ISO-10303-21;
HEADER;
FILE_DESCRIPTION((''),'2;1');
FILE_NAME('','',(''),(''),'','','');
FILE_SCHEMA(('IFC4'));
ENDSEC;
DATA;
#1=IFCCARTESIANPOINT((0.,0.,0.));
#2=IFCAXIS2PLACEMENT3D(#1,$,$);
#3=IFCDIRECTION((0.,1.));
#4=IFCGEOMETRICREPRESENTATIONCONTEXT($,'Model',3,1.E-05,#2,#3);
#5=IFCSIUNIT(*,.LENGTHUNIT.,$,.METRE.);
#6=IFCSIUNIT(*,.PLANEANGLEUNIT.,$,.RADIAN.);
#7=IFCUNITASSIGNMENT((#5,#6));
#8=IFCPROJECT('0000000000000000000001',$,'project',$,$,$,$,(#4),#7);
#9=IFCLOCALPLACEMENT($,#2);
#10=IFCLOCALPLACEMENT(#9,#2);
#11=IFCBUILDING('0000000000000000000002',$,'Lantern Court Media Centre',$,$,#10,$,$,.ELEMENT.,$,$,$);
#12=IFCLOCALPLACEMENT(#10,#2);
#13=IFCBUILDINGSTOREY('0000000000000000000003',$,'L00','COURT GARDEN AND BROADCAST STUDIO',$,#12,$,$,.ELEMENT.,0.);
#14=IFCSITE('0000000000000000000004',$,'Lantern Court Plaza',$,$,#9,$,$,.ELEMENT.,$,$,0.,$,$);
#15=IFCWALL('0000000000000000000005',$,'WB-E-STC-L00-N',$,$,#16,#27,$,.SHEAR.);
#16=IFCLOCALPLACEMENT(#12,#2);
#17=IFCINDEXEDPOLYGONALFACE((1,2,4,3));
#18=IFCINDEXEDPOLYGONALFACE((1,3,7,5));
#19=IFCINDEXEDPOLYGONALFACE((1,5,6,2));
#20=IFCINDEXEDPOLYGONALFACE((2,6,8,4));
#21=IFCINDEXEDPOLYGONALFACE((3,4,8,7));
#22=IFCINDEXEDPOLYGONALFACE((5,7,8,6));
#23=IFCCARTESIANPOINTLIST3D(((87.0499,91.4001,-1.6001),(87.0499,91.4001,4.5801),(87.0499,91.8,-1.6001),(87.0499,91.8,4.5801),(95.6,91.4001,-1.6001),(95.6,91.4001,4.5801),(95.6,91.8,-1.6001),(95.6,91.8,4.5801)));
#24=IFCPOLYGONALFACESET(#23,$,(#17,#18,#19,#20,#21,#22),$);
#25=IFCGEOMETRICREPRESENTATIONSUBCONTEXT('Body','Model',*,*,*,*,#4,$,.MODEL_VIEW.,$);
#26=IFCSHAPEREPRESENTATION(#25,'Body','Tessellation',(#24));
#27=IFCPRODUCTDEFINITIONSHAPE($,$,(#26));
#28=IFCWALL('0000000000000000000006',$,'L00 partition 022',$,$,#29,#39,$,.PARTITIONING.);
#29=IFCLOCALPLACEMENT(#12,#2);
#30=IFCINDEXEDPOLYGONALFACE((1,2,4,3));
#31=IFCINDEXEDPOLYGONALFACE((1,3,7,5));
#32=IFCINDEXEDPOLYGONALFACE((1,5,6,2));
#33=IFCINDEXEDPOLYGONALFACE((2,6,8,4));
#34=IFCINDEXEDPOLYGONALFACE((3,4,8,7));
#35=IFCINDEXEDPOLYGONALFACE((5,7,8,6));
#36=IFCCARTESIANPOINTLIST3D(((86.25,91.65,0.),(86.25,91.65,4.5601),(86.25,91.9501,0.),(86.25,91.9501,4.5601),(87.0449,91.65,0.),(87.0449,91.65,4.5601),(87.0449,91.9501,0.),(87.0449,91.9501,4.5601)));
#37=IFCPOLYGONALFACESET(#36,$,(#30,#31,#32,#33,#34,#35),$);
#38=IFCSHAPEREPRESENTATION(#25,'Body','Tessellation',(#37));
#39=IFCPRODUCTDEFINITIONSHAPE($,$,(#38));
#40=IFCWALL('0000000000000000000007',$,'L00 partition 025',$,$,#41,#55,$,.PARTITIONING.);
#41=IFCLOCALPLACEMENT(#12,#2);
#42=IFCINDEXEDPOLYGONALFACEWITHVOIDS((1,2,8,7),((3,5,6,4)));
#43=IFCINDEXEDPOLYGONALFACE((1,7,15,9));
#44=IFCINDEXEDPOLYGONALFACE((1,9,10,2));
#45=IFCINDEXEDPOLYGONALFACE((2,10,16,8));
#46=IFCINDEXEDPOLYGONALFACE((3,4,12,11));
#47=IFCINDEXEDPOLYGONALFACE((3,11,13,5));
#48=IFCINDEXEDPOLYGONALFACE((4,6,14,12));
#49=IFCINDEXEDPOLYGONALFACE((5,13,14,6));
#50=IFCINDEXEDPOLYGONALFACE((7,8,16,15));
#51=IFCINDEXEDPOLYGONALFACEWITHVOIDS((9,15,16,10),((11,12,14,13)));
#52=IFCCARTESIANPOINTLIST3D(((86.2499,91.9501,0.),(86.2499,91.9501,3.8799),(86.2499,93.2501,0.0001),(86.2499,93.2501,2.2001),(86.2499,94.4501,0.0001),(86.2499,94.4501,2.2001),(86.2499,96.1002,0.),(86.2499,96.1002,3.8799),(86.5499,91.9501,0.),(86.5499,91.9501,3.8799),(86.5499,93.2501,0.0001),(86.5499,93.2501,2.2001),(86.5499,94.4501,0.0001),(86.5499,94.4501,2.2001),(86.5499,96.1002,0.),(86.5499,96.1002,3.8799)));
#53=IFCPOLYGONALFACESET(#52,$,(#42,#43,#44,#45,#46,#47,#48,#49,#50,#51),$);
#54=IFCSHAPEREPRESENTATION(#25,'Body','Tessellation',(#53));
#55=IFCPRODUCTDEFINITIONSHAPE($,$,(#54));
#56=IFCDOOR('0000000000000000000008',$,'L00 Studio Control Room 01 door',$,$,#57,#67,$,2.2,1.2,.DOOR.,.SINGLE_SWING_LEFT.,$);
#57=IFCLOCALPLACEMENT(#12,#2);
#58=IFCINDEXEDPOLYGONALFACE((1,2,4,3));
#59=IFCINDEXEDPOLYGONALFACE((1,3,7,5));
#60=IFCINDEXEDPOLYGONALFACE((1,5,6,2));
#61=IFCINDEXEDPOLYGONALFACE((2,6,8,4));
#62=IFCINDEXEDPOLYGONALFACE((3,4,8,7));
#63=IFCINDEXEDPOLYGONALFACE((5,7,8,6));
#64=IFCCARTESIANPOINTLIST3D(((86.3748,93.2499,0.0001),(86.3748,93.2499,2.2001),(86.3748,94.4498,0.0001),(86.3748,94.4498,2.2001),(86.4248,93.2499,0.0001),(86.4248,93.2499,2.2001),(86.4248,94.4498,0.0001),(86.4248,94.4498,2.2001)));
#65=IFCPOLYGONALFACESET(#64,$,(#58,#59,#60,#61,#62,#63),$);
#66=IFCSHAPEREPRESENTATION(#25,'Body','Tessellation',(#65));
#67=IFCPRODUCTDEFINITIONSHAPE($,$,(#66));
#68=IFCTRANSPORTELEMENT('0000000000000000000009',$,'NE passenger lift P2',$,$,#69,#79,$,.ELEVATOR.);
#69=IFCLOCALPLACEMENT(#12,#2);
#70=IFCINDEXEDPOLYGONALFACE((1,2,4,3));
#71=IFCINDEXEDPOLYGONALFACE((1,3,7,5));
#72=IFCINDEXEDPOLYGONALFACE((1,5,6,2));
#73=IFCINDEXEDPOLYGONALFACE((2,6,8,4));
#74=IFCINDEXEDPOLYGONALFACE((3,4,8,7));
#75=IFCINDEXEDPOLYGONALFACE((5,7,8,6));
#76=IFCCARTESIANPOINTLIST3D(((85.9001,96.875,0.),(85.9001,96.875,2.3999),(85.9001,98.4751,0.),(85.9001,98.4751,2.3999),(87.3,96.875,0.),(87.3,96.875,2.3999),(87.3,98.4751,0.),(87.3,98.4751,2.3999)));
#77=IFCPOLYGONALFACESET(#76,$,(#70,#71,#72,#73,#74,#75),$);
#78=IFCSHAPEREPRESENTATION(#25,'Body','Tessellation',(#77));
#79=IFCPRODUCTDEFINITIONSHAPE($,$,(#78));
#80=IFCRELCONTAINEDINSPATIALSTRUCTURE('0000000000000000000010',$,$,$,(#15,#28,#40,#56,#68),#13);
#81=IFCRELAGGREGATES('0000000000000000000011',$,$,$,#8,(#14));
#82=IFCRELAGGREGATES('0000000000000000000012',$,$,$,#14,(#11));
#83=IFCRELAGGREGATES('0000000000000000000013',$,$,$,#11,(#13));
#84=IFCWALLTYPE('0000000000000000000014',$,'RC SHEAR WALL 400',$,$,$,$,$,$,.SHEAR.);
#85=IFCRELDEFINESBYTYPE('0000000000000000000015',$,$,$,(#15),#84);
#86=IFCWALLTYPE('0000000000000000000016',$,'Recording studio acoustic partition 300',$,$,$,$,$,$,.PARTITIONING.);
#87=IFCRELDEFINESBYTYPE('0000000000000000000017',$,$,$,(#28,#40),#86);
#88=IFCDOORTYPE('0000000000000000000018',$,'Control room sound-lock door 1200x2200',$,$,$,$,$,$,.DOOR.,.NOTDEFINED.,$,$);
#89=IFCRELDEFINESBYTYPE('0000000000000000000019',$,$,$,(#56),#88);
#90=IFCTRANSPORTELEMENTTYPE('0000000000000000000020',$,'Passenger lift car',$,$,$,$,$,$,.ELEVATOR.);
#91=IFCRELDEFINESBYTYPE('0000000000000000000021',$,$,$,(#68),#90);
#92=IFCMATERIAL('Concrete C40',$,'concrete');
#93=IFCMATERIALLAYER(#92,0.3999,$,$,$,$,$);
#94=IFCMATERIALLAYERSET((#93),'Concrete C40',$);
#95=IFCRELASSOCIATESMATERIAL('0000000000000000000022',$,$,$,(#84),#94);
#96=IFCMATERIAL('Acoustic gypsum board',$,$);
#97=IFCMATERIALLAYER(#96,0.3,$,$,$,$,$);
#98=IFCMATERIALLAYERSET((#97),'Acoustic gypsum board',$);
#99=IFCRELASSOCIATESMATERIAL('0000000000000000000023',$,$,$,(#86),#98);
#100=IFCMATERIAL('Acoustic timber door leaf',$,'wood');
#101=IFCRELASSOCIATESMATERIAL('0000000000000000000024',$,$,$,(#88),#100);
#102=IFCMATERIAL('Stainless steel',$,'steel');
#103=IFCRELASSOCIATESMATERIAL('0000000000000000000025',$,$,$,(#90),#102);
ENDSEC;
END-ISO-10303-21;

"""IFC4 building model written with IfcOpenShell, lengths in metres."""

from ifc_helpers import new_model, si_unit, direction, frame, frame_2d, origin, origin_2d, place, context, subcontext, project, spatial, rectangle, extrude, material, layer, layer_set, type_object, element, fill, save


model = new_model("IFC4")

# Units and contexts
model_context = context("Model", 3, precision=1e-05, world=origin(), true_north=direction((0.0, 1.0)))
body_context = subcontext(model_context, "Body", "Model", "MODEL_VIEW")
ifc_project = project(units=[si_unit("LENGTHUNIT", "METRE"), si_unit("PLANEANGLEUNIT", "RADIAN")], contexts=[model_context])

# Site, building, storey
site_placement = place(None, origin())
site = spatial("IfcSite", under=ifc_project, at=site_placement, Name="Lantern Court Plaza", CompositionType="ELEMENT", RefElevation=0.0)
building_placement = place(site_placement, origin())
building = spatial("IfcBuilding", under=site, at=building_placement, Name="Lantern Court Media Centre", CompositionType="ELEMENT")
storey_placement = place(building_placement, origin())
storey = spatial("IfcBuildingStorey", under=building, at=storey_placement, Name="L00", Description="COURT GARDEN AND BROADCAST STUDIO", CompositionType="ELEMENT", Elevation=0.0)

# Shared definitions
ifc_material_1 = material(Name="Concrete C40", Category="concrete")

# Walls
ifc_layer_1 = layer(ifc_material_1, 0.3999)
ifc_layer_set_1 = layer_set([ifc_layer_1], Name="Concrete C40")
wall_type_1 = type_object("IfcWallType", Name="RC SHEAR WALL 400", PredefinedType="SHEAR", material=ifc_layer_set_1)
wall_1_placement = place(storey_placement, frame((87.05, 91.6001, -1.6001), z_axis=(0.0, 0.0, 1.0), x_axis=(1.0, 0.0, 0.0)))
element("IfcWall", 1, at=wall_1_placement, inside=storey, type_object=wall_type_1, Name="WB-E-STC-L00-N", PredefinedType="SHEAR", context=body_context, shape_type="SweptSolid", body=[
    extrude(rectangle(XDim=8.55, YDim=0.3999, at=frame_2d((4.2749, 0.0))), origin(), (0.0, 0.0, 1.0), 6.1802),
])
ifc_material_2 = material(Name="Acoustic gypsum board")
ifc_layer_2 = layer(ifc_material_2, 0.3)
ifc_layer_set_2 = layer_set([ifc_layer_2], Name="Acoustic gypsum board")
wall_type_2 = type_object("IfcWallType", Name="Recording studio acoustic partition 300", PredefinedType="PARTITIONING", material=ifc_layer_set_2)
wall_2_placement = place(storey_placement, frame((86.25, 91.8, 0.0), z_axis=(0.0, 0.0, 1.0), x_axis=(1.0, 0.0, 0.0)))
element("IfcWall", 2, at=wall_2_placement, inside=storey, type_object=wall_type_2, Name="L00 partition 022", PredefinedType="PARTITIONING", context=body_context, shape_type="SweptSolid", body=[
    extrude(rectangle(XDim=0.7949, YDim=0.3, at=frame_2d((0.3975, 0.0))), origin(), (0.0, 0.0, 1.0), 4.5601),
])

# Wall, opening, door
wall_3_placement = place(storey_placement, frame((86.3999, 91.95, 0.0), z_axis=(0.0, 0.0, 1.0), x_axis=(0.0, 1.0, 0.0)))
wall_3 = element("IfcWall", 3, at=wall_3_placement, inside=storey, type_object=wall_type_2, Name="L00 partition 025", PredefinedType="PARTITIONING", context=body_context, shape_type="SweptSolid", body=[
    extrude(rectangle(XDim=4.1501, YDim=0.3, at=frame_2d((2.0752, 0.0))), origin(), (0.0, 0.0, 1.0), 3.8799),
])
opening_1_placement = place(wall_3_placement, frame((1.3, 0.0, 0.0)))
opening_1 = element("IfcOpeningElement", 4, at=opening_1_placement, cuts=wall_3, PredefinedType="OPENING", context=body_context, shape_type="SweptSolid", body=[
    extrude(rectangle(XDim=1.2, YDim=2.2, at=frame_2d((0.6001, 1.1001))), frame((0.0, 0.1599, 0.0), z_axis=(0.0, -1.0, 0.0), x_axis=(1.0, 0.0, 0.0)), (0.0, 0.0, 1.0), 0.3201),
])
ifc_material_3 = material(Name="Acoustic timber door leaf", Category="wood")
door_type_1 = type_object("IfcDoorType", Name="Control room sound-lock door 1200x2200", OperationType="NOTDEFINED", PredefinedType="DOOR", material=ifc_material_3)
door_1_placement = place(opening_1_placement, frame((1.2, 0.0, 0.0), z_axis=(0.0, 0.0, 1.0), x_axis=(-1.0, 0.0, 0.0)))
door_1 = element("IfcDoor", 5, at=door_1_placement, inside=storey, type_object=door_type_1, Name="L00 Studio Control Room 01 door", OperationType="SINGLE_SWING_LEFT", OverallHeight=2.2, OverallWidth=1.2, PredefinedType="DOOR", context=body_context, shape_type="SweptSolid", body=[
    extrude(rectangle(XDim=1.2, YDim=2.2, at=frame_2d((0.6001, 1.1001))), frame((0.0, 0.0249, 0.0), z_axis=(0.0, -1.0, 0.0), x_axis=(1.0, 0.0, 0.0)), (0.0, 0.0, 1.0), 0.05),
])
fill(opening_1, door_1)

# Transport element
ifc_material_4 = material(Name="Stainless steel", Category="steel")
transport_element_type = type_object("IfcTransportElementType", Name="Passenger lift car", PredefinedType="ELEVATOR", material=ifc_material_4)
transport_element_placement = place(storey_placement, frame((86.6001, 97.675, 0.0), z_axis=(0.0, 0.0, 1.0), x_axis=(1.0, 0.0, 0.0)))
element("IfcTransportElement", 6, at=transport_element_placement, inside=storey, type_object=transport_element_type, Name="NE passenger lift P2", PredefinedType="ELEVATOR", context=body_context, shape_type="SweptSolid", body=[
    extrude(rectangle(XDim=1.3999, YDim=1.6001, at=origin_2d()), origin(), (0.0, 0.0, 1.0), 2.3999),
])

save(model, "model.ifc")
